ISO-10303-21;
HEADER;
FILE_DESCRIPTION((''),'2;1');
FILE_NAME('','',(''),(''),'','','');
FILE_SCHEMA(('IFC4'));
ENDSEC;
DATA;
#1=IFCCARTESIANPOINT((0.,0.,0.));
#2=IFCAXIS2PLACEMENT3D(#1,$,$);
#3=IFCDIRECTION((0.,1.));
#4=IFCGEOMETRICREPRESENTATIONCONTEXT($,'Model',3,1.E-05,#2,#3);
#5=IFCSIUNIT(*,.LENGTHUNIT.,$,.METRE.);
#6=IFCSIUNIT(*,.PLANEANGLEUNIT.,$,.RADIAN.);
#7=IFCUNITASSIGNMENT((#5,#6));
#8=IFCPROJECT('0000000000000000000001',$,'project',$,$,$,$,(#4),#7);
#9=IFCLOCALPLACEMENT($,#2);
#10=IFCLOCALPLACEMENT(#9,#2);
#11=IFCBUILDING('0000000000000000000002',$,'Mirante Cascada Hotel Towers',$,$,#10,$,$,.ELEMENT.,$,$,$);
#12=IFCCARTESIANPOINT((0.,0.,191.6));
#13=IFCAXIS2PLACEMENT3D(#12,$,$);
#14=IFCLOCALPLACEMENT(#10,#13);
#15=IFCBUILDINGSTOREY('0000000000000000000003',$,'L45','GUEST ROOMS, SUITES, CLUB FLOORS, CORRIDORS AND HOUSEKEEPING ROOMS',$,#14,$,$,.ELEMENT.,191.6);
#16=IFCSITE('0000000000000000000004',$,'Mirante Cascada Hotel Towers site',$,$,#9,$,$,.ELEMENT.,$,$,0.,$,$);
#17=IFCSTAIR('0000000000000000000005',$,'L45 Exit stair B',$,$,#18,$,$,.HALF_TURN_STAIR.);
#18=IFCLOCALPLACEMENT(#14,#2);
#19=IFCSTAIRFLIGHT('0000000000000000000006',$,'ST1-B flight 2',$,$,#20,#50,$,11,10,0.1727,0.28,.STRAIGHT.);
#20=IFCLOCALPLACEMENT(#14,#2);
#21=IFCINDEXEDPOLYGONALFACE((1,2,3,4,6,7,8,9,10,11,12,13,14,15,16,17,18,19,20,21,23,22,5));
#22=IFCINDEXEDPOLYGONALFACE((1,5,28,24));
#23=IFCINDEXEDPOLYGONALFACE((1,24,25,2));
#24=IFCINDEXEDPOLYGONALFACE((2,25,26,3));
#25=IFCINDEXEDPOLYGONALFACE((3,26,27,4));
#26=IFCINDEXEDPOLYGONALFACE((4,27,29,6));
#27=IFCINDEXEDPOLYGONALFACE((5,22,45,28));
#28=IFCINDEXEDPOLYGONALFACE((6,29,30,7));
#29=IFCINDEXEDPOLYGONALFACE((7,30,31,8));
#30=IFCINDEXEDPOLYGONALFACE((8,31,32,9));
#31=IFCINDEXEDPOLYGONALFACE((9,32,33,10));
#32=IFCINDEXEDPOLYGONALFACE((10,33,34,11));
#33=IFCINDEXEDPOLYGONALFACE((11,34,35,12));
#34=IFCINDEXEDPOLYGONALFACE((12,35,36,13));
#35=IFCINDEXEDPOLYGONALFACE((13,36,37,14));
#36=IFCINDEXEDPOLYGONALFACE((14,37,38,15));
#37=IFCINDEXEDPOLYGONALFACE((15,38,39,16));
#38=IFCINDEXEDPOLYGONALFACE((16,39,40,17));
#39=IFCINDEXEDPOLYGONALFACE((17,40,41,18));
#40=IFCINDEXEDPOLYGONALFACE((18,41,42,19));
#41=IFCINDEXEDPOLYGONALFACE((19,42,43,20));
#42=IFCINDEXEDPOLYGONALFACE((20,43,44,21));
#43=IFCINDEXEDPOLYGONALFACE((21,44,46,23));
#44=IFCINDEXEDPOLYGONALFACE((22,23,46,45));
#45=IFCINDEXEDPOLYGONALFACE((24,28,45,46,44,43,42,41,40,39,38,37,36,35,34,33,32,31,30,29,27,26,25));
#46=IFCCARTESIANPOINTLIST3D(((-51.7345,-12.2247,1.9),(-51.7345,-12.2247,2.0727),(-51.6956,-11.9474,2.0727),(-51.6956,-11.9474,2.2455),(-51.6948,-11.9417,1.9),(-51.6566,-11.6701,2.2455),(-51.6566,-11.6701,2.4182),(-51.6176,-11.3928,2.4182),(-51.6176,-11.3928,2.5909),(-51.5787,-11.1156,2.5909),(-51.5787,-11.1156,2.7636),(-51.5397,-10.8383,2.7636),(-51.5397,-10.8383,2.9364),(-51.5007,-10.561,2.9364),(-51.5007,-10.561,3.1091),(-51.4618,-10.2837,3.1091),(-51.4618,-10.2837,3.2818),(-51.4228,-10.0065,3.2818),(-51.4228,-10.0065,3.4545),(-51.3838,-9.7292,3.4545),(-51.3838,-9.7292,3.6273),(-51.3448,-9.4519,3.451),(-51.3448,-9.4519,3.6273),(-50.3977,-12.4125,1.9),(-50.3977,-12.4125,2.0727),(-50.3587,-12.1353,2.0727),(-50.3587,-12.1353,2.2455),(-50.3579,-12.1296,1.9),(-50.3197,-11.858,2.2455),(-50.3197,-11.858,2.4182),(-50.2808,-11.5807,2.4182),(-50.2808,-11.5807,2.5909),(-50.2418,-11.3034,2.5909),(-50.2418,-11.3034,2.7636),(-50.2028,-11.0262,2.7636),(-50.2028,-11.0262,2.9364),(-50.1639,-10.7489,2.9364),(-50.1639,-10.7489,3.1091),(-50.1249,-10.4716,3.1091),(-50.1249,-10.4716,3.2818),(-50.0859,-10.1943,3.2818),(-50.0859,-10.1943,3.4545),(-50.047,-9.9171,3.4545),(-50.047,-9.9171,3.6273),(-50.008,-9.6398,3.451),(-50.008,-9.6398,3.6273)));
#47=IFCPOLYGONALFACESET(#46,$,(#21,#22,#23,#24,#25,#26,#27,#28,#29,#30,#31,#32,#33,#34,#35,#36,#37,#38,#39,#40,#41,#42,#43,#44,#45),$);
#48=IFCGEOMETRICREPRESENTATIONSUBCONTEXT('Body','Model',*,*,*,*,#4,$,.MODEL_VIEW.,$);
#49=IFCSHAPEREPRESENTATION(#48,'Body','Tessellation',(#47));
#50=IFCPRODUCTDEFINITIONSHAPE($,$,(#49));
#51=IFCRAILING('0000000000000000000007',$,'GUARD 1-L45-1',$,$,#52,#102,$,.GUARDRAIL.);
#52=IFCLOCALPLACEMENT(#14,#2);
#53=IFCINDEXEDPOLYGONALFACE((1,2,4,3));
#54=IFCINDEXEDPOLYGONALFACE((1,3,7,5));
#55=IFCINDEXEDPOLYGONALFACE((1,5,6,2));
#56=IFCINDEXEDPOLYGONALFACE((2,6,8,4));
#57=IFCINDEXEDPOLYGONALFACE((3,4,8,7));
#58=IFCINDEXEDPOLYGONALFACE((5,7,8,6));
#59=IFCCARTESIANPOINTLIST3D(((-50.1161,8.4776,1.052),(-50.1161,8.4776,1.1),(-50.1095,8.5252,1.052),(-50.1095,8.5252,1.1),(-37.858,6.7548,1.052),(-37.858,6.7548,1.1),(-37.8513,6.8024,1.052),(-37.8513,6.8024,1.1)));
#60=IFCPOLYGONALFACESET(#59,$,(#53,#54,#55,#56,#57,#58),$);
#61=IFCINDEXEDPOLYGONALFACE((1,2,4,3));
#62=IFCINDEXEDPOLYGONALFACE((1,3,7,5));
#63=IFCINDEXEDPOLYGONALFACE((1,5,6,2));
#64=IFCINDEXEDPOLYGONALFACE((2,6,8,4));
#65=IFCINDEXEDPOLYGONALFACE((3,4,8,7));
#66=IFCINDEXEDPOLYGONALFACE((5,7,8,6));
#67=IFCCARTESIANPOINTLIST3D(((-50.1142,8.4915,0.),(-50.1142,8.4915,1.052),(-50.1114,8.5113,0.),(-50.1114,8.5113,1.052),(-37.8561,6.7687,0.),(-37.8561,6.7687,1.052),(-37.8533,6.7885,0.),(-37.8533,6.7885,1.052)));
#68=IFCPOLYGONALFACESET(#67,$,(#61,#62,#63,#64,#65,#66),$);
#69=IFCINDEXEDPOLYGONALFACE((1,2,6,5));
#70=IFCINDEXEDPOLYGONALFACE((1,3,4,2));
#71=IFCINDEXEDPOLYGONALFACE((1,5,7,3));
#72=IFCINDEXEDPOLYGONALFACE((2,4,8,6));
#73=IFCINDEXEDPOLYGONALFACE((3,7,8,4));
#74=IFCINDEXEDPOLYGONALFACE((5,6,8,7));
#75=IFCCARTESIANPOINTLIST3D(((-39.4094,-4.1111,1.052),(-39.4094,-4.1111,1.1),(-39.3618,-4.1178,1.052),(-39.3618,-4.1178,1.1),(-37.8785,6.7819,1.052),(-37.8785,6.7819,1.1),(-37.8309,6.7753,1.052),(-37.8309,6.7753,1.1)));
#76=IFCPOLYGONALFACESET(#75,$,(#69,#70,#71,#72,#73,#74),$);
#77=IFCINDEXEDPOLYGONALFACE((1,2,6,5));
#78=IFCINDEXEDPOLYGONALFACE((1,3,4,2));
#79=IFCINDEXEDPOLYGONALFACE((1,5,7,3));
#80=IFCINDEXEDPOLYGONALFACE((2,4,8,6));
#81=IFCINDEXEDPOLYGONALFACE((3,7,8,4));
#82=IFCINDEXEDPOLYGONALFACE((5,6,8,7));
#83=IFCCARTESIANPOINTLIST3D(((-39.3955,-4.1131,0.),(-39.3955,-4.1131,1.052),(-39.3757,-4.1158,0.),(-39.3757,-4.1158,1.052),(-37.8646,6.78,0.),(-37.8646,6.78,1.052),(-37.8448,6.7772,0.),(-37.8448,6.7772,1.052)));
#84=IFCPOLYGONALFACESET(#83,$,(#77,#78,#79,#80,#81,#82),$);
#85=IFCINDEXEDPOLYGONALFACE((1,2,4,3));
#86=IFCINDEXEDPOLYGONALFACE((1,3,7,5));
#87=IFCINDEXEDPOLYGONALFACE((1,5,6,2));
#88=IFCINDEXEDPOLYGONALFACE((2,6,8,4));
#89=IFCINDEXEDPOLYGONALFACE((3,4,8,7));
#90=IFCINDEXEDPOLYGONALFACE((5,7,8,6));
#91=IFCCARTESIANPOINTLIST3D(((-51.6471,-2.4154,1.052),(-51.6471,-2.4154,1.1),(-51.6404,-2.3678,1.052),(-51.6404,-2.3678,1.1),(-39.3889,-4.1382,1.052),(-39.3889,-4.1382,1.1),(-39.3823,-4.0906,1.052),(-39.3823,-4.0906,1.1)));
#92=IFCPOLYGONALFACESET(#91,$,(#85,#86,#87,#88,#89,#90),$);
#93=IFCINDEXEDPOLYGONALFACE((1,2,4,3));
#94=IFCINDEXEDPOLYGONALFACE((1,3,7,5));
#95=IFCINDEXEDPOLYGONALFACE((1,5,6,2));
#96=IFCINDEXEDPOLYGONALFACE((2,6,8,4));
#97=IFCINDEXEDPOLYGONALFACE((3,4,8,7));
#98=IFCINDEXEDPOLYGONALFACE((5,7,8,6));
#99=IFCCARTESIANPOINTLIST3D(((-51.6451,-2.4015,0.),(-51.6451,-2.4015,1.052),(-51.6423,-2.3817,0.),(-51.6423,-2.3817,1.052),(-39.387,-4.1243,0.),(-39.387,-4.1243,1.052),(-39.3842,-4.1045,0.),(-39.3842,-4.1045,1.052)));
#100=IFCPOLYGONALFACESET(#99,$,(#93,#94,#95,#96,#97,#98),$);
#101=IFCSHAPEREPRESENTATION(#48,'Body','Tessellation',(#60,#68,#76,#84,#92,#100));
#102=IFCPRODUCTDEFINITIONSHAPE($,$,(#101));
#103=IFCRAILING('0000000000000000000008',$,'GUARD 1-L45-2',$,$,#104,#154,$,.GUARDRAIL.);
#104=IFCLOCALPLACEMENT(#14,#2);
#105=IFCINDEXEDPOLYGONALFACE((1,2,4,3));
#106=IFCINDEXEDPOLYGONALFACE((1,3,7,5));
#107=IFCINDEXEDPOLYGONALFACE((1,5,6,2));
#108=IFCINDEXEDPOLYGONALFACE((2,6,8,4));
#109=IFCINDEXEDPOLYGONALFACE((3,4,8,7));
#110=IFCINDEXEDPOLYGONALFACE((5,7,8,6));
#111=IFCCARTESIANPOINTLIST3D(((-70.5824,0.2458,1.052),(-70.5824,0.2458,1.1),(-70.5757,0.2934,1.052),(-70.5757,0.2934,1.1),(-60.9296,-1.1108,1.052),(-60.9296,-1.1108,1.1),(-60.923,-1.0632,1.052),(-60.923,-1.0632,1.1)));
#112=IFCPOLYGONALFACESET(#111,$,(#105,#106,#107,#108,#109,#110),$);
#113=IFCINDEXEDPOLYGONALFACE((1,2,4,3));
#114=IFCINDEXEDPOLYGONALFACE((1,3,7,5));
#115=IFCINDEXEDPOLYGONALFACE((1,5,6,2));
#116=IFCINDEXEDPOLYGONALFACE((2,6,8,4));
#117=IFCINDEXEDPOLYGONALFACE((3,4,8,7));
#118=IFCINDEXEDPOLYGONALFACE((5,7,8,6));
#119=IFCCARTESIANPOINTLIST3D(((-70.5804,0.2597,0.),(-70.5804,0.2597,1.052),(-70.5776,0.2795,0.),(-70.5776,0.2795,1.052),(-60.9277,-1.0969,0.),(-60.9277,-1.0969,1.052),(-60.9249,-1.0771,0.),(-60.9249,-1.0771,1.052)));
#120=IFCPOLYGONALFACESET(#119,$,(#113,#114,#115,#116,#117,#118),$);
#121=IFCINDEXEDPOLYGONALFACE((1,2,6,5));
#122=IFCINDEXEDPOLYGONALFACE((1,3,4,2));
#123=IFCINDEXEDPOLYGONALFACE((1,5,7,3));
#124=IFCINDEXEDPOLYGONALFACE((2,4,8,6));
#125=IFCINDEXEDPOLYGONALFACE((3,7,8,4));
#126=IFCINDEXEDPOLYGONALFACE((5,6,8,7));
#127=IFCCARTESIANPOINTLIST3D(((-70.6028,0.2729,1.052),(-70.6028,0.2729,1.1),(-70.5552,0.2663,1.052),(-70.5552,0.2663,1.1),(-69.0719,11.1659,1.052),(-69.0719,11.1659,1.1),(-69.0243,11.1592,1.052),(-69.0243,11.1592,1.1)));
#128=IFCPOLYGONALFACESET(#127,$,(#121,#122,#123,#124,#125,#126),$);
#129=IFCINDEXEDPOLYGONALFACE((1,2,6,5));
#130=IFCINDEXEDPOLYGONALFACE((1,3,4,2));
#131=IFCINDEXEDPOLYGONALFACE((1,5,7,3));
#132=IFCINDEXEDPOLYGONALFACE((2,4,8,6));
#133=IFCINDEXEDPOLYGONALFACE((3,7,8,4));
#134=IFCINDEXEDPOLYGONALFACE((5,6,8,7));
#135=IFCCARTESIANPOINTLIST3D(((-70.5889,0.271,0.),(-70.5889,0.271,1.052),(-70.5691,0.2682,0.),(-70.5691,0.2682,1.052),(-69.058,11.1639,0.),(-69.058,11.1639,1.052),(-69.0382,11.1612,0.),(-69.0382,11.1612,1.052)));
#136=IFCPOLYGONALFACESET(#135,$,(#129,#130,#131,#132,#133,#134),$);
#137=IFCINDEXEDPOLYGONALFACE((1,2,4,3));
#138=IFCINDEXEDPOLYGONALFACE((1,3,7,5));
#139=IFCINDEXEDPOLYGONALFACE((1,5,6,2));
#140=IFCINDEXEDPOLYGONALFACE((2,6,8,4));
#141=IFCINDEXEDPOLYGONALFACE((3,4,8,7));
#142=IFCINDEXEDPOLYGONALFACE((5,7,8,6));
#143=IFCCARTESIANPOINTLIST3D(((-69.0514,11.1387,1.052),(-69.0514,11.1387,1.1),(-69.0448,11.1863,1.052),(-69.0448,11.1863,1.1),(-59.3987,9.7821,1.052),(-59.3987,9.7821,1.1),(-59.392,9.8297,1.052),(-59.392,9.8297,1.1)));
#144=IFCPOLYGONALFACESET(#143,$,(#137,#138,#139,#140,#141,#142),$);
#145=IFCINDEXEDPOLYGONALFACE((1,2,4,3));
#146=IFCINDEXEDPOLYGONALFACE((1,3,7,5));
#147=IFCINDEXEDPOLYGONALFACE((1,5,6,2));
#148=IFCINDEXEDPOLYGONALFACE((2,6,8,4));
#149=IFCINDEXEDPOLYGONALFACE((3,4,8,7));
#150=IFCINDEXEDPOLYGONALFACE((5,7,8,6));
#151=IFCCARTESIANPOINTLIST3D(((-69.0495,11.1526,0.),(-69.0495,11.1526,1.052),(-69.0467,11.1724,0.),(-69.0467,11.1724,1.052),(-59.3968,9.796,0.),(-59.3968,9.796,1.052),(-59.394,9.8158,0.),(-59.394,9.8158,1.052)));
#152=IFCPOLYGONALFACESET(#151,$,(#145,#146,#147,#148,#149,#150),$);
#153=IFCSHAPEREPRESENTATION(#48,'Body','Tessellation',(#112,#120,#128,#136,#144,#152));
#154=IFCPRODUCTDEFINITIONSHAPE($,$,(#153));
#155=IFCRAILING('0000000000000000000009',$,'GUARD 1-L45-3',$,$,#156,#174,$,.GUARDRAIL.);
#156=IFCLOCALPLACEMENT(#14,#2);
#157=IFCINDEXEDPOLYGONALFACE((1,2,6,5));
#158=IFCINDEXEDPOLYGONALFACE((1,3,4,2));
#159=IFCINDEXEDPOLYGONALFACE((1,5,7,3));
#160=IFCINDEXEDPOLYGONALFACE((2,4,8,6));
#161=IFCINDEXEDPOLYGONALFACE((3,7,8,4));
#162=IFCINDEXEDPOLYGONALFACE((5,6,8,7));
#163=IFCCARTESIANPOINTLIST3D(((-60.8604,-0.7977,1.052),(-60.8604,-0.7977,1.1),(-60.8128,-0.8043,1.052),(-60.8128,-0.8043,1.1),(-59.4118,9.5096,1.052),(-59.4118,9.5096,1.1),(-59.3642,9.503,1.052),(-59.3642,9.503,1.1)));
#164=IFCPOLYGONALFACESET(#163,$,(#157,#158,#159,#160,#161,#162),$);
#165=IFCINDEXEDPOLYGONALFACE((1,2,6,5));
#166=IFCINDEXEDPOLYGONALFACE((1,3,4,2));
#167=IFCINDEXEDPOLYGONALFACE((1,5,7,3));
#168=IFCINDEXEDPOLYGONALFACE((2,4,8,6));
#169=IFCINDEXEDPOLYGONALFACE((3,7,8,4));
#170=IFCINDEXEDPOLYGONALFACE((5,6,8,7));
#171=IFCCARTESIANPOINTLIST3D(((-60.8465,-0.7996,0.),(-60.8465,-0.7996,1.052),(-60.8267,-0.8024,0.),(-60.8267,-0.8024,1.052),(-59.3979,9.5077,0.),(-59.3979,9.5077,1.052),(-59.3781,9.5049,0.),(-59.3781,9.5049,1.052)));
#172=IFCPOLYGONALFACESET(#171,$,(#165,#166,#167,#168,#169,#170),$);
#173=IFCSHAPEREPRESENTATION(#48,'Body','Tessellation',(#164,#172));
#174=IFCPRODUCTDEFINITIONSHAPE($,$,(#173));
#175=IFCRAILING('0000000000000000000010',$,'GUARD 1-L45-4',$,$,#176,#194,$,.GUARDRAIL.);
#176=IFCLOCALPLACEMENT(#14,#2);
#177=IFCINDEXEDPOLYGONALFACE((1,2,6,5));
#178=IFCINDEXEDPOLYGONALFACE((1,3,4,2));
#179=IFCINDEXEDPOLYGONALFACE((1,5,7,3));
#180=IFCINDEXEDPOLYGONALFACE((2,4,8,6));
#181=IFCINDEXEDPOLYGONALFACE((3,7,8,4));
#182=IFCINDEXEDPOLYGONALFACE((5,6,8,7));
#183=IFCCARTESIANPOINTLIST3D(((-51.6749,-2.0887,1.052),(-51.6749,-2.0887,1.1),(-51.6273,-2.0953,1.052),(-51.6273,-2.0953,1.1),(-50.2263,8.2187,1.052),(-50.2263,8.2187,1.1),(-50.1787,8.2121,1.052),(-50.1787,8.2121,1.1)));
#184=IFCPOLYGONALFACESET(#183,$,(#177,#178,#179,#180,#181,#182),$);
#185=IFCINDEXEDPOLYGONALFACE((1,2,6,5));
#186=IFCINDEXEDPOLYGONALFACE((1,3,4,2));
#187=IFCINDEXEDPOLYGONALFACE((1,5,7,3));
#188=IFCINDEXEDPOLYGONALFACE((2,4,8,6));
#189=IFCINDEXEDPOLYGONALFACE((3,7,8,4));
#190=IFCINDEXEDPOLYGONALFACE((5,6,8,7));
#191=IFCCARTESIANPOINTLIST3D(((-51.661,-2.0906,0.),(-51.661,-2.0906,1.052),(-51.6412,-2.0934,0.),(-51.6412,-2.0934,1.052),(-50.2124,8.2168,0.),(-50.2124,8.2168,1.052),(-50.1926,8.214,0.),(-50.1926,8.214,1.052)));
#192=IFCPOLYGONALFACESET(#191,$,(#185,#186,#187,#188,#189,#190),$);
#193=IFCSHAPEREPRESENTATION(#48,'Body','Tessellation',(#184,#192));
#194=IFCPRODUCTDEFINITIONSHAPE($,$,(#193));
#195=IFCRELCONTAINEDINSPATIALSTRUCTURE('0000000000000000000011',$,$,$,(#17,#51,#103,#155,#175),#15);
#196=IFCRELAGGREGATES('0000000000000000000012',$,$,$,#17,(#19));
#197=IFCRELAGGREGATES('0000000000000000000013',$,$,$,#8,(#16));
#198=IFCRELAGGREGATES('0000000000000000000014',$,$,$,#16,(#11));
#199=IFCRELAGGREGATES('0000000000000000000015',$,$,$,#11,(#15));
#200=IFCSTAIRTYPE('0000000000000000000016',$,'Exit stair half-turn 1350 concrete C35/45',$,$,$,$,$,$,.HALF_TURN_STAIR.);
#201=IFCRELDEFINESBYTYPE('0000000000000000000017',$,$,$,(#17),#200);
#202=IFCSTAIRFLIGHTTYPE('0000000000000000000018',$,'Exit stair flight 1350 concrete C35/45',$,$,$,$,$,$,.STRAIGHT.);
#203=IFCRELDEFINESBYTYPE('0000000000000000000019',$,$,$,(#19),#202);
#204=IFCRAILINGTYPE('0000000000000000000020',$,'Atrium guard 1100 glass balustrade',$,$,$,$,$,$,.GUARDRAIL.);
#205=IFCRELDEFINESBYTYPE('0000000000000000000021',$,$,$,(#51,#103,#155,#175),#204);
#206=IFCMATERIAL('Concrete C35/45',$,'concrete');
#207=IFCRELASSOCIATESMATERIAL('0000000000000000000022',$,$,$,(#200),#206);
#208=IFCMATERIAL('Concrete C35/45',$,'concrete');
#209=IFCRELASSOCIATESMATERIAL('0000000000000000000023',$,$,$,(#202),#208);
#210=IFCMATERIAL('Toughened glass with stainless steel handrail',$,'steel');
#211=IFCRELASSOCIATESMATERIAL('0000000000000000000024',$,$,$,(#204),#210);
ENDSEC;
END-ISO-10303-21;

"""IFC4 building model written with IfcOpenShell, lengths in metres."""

from ifc_helpers import new_model, si_unit, direction, frame, origin, origin_2d, place, context, subcontext, project, spatial, polyline, rectangle, outline, extrude, material, type_object, element, aggregate, save


model = new_model("IFC4")

# Units and contexts
model_context = context("Model", 3, precision=1e-05, world=origin(), true_north=direction((0.0, 1.0)))
body_context = subcontext(model_context, "Body", "Model", "MODEL_VIEW")
ifc_project = project(units=[si_unit("LENGTHUNIT", "METRE"), si_unit("PLANEANGLEUNIT", "RADIAN")], contexts=[model_context])

# Site, building, storey
site_placement = place(None, origin())
site = spatial("IfcSite", under=ifc_project, at=site_placement, Name="Mirante Cascada Hotel Towers site", CompositionType="ELEMENT", RefElevation=0.0)
building_placement = place(site_placement, origin())
building = spatial("IfcBuilding", under=site, at=building_placement, Name="Mirante Cascada Hotel Towers", CompositionType="ELEMENT")
storey_placement = place(building_placement, frame((0.0, 0.0, 191.6)))
storey = spatial("IfcBuildingStorey", under=building, at=storey_placement, Name="L45", Description="GUEST ROOMS, SUITES, CLUB FLOORS, CORRIDORS AND HOUSEKEEPING ROOMS", CompositionType="ELEMENT", Elevation=191.6)

# Stair, stair flight
ifc_material_1 = material(Name="Concrete C35/45", Category="concrete")
stair_type = type_object("IfcStairType", Name="Exit stair half-turn 1350 concrete C35/45", PredefinedType="HALF_TURN_STAIR", material=ifc_material_1)
stair_placement = place(storey_placement, origin())
stair = element("IfcStair", 1, at=stair_placement, inside=storey, type_object=stair_type, Name="L45 Exit stair B", PredefinedType="HALF_TURN_STAIR")
ifc_material_2 = material(Name="Concrete C35/45", Category="concrete")
stair_flight_type = type_object("IfcStairFlightType", Name="Exit stair flight 1350 concrete C35/45", PredefinedType="STRAIGHT", material=ifc_material_2)
stair_flight_1_placement = place(storey_placement, frame((-51.0661, -12.3186, 1.9), z_axis=(0.0, 0.0, 1.0), x_axis=(0.139173, 0.990268, 0.0)))
stair_flight_1 = element("IfcStairFlight", 2, at=stair_flight_1_placement, type_object=stair_flight_type, Name="ST1-B flight 2", NumberOfRisers=11, NumberOfTreads=10, PredefinedType="STRAIGHT", RiserHeight=0.1727, TreadLength=0.28, context=body_context, shape_type="SweptSolid", body=[
    extrude(outline(polyline([(0.0, 0.0), (0.0, 0.1727), (0.28, 0.1727), (0.28, 0.3455), (0.56, 0.3455), (0.56, 0.5182), (0.84, 0.5182), (0.84, 0.6909), (1.12, 0.6909), (1.12, 0.8636), (1.4, 0.8636), (1.4, 1.0364), (1.68, 1.0364), (1.68, 1.2091), (1.96, 1.2091), (1.96, 1.3818), (2.24, 1.3818), (2.24, 1.5545), (2.52, 1.5545), (2.52, 1.7273), (2.8, 1.7273), (2.8, 1.9), (2.8, 1.551), (0.2857, 0.0), (0.0, 0.0)])), frame((0.0, 0.675, 0.0), z_axis=(0.0, -1.0, 0.0), x_axis=(1.0, 0.0, 0.0)), (0.0, 0.0, 1.0), 1.35),
])
aggregate(stair, [stair_flight_1])

# Railings
ifc_material_3 = material(Name="Toughened glass with stainless steel handrail", Category="steel")
railing_type_1 = type_object("IfcRailingType", Name="Atrium guard 1100 glass balustrade", PredefinedType="GUARDRAIL", material=ifc_material_3)
railing_1_placement = place(storey_placement, frame((-50.1128, 8.5014, 0.0)))
element("IfcRailing", 3, at=railing_1_placement, inside=storey, type_object=railing_type_1, Name="GUARD 1-L45-1", PredefinedType="GUARDRAIL", context=body_context, shape_type="SweptSolid", body=[
    extrude(rectangle(XDim=0.048, YDim=0.048, at=origin_2d()), frame((0.0, 0.0, 1.076), z_axis=(0.990268, -0.139176, 0.0), x_axis=(0.139176, 0.990268, 0.0)), (0.0, 0.0, 1.0), 12.3786),
    extrude(rectangle(XDim=0.02, YDim=1.052, at=origin_2d()), frame((0.0, 0.0, 0.526), z_axis=(0.990268, -0.139176, 0.0), x_axis=(0.139176, 0.990268, 0.0)), (0.0, 0.0, 1.0), 12.3786),
    extrude(rectangle(XDim=0.048, YDim=0.048, at=origin_2d()), frame((12.2581, -1.7228, 1.076), z_axis=(-0.139172, -0.990268, 0.0), x_axis=(0.990268, -0.139172, 0.0)), (0.0, 0.0, 1.0), 11.0001),
    extrude(rectangle(XDim=0.02, YDim=1.052, at=origin_2d()), frame((12.2581, -1.7228, 0.526), z_axis=(-0.139172, -0.990268, 0.0), x_axis=(0.990268, -0.139172, 0.0)), (0.0, 0.0, 1.0), 11.0001),
    extrude(rectangle(XDim=0.048, YDim=0.048, at=origin_2d()), frame((10.7272, -12.6158, 1.076), z_axis=(-0.990268, 0.139176, 0.0), x_axis=(-0.139176, -0.990268, 0.0)), (0.0, 0.0, 1.0), 12.3786),
    extrude(rectangle(XDim=0.02, YDim=1.052, at=origin_2d()), frame((10.7272, -12.6158, 0.526), z_axis=(-0.990268, 0.139176, 0.0), x_axis=(-0.139176, -0.990268, 0.0)), (0.0, 0.0, 1.0), 12.3786),
])
railing_2_placement = place(storey_placement, frame((-60.9263, -1.087, 0.0)))
element("IfcRailing", 4, at=railing_2_placement, inside=storey, type_object=railing_type_1, Name="GUARD 1-L45-2", PredefinedType="GUARDRAIL", context=body_context, shape_type="SweptSolid", body=[
    extrude(rectangle(XDim=0.048, YDim=0.048, at=origin_2d()), frame((0.0, 0.0, 1.076), z_axis=(-0.990268, 0.139173, 0.0), x_axis=(-0.139173, -0.990268, 0.0)), (0.0, 0.0, 1.0), 9.7476),
    extrude(rectangle(XDim=0.02, YDim=1.052, at=origin_2d()), frame((0.0, 0.0, 0.526), z_axis=(-0.990268, 0.139173, 0.0), x_axis=(-0.139173, -0.990268, 0.0)), (0.0, 0.0, 1.0), 9.7476),
    extrude(rectangle(XDim=0.048, YDim=0.048, at=origin_2d()), frame((-9.6527, 1.3566, 1.076), z_axis=(0.139173, 0.990268, 0.0), x_axis=(-0.990268, 0.139173, 0.0)), (0.0, 0.0, 1.0), 11.0),
    extrude(rectangle(XDim=0.02, YDim=1.052, at=origin_2d()), frame((-9.6527, 1.3566, 0.526), z_axis=(0.139173, 0.990268, 0.0), x_axis=(-0.990268, 0.139173, 0.0)), (0.0, 0.0, 1.0), 11.0),
    extrude(rectangle(XDim=0.048, YDim=0.048, at=origin_2d()), frame((-8.1218, 12.2495, 1.076), z_axis=(0.990268, -0.139173, 0.0), x_axis=(0.139173, 0.990268, 0.0)), (0.0, 0.0, 1.0), 9.7476),
    extrude(rectangle(XDim=0.02, YDim=1.052, at=origin_2d()), frame((-8.1218, 12.2495, 0.526), z_axis=(0.990268, -0.139173, 0.0), x_axis=(0.139173, 0.990268, 0.0)), (0.0, 0.0, 1.0), 9.7476),
])
railing_3_placement = place(storey_placement, frame((-60.8366, -0.801, 0.0)))
element("IfcRailing", 5, at=railing_3_placement, inside=storey, type_object=railing_type_1, Name="GUARD 1-L45-3", PredefinedType="GUARDRAIL", context=body_context, shape_type="SweptSolid", body=[
    extrude(rectangle(XDim=0.048, YDim=0.048, at=origin_2d()), frame((0.0, 0.0, 1.076), z_axis=(0.139173, 0.990268, 0.0), x_axis=(-0.990268, 0.139173, 0.0)), (0.0, 0.0, 1.0), 10.4086),
    extrude(rectangle(XDim=0.02, YDim=1.052, at=origin_2d()), frame((0.0, 0.0, 0.526), z_axis=(0.139173, 0.990268, 0.0), x_axis=(-0.990268, 0.139173, 0.0)), (0.0, 0.0, 1.0), 10.4086),
])
railing_4_placement = place(storey_placement, frame((-50.2025, 8.2154, 0.0)))
element("IfcRailing", 6, at=railing_4_placement, inside=storey, type_object=railing_type_1, Name="GUARD 1-L45-4", PredefinedType="GUARDRAIL", context=body_context, shape_type="SweptSolid", body=[
    extrude(rectangle(XDim=0.048, YDim=0.048, at=origin_2d()), frame((0.0, 0.0, 1.076), z_axis=(-0.139172, -0.990268, 0.0), x_axis=(0.990268, -0.139172, 0.0)), (0.0, 0.0, 1.0), 10.4087),
    extrude(rectangle(XDim=0.02, YDim=1.052, at=origin_2d()), frame((0.0, 0.0, 0.526), z_axis=(-0.139172, -0.990268, 0.0), x_axis=(0.990268, -0.139172, 0.0)), (0.0, 0.0, 1.0), 10.4087),
])

save(model, "model.ifc")
